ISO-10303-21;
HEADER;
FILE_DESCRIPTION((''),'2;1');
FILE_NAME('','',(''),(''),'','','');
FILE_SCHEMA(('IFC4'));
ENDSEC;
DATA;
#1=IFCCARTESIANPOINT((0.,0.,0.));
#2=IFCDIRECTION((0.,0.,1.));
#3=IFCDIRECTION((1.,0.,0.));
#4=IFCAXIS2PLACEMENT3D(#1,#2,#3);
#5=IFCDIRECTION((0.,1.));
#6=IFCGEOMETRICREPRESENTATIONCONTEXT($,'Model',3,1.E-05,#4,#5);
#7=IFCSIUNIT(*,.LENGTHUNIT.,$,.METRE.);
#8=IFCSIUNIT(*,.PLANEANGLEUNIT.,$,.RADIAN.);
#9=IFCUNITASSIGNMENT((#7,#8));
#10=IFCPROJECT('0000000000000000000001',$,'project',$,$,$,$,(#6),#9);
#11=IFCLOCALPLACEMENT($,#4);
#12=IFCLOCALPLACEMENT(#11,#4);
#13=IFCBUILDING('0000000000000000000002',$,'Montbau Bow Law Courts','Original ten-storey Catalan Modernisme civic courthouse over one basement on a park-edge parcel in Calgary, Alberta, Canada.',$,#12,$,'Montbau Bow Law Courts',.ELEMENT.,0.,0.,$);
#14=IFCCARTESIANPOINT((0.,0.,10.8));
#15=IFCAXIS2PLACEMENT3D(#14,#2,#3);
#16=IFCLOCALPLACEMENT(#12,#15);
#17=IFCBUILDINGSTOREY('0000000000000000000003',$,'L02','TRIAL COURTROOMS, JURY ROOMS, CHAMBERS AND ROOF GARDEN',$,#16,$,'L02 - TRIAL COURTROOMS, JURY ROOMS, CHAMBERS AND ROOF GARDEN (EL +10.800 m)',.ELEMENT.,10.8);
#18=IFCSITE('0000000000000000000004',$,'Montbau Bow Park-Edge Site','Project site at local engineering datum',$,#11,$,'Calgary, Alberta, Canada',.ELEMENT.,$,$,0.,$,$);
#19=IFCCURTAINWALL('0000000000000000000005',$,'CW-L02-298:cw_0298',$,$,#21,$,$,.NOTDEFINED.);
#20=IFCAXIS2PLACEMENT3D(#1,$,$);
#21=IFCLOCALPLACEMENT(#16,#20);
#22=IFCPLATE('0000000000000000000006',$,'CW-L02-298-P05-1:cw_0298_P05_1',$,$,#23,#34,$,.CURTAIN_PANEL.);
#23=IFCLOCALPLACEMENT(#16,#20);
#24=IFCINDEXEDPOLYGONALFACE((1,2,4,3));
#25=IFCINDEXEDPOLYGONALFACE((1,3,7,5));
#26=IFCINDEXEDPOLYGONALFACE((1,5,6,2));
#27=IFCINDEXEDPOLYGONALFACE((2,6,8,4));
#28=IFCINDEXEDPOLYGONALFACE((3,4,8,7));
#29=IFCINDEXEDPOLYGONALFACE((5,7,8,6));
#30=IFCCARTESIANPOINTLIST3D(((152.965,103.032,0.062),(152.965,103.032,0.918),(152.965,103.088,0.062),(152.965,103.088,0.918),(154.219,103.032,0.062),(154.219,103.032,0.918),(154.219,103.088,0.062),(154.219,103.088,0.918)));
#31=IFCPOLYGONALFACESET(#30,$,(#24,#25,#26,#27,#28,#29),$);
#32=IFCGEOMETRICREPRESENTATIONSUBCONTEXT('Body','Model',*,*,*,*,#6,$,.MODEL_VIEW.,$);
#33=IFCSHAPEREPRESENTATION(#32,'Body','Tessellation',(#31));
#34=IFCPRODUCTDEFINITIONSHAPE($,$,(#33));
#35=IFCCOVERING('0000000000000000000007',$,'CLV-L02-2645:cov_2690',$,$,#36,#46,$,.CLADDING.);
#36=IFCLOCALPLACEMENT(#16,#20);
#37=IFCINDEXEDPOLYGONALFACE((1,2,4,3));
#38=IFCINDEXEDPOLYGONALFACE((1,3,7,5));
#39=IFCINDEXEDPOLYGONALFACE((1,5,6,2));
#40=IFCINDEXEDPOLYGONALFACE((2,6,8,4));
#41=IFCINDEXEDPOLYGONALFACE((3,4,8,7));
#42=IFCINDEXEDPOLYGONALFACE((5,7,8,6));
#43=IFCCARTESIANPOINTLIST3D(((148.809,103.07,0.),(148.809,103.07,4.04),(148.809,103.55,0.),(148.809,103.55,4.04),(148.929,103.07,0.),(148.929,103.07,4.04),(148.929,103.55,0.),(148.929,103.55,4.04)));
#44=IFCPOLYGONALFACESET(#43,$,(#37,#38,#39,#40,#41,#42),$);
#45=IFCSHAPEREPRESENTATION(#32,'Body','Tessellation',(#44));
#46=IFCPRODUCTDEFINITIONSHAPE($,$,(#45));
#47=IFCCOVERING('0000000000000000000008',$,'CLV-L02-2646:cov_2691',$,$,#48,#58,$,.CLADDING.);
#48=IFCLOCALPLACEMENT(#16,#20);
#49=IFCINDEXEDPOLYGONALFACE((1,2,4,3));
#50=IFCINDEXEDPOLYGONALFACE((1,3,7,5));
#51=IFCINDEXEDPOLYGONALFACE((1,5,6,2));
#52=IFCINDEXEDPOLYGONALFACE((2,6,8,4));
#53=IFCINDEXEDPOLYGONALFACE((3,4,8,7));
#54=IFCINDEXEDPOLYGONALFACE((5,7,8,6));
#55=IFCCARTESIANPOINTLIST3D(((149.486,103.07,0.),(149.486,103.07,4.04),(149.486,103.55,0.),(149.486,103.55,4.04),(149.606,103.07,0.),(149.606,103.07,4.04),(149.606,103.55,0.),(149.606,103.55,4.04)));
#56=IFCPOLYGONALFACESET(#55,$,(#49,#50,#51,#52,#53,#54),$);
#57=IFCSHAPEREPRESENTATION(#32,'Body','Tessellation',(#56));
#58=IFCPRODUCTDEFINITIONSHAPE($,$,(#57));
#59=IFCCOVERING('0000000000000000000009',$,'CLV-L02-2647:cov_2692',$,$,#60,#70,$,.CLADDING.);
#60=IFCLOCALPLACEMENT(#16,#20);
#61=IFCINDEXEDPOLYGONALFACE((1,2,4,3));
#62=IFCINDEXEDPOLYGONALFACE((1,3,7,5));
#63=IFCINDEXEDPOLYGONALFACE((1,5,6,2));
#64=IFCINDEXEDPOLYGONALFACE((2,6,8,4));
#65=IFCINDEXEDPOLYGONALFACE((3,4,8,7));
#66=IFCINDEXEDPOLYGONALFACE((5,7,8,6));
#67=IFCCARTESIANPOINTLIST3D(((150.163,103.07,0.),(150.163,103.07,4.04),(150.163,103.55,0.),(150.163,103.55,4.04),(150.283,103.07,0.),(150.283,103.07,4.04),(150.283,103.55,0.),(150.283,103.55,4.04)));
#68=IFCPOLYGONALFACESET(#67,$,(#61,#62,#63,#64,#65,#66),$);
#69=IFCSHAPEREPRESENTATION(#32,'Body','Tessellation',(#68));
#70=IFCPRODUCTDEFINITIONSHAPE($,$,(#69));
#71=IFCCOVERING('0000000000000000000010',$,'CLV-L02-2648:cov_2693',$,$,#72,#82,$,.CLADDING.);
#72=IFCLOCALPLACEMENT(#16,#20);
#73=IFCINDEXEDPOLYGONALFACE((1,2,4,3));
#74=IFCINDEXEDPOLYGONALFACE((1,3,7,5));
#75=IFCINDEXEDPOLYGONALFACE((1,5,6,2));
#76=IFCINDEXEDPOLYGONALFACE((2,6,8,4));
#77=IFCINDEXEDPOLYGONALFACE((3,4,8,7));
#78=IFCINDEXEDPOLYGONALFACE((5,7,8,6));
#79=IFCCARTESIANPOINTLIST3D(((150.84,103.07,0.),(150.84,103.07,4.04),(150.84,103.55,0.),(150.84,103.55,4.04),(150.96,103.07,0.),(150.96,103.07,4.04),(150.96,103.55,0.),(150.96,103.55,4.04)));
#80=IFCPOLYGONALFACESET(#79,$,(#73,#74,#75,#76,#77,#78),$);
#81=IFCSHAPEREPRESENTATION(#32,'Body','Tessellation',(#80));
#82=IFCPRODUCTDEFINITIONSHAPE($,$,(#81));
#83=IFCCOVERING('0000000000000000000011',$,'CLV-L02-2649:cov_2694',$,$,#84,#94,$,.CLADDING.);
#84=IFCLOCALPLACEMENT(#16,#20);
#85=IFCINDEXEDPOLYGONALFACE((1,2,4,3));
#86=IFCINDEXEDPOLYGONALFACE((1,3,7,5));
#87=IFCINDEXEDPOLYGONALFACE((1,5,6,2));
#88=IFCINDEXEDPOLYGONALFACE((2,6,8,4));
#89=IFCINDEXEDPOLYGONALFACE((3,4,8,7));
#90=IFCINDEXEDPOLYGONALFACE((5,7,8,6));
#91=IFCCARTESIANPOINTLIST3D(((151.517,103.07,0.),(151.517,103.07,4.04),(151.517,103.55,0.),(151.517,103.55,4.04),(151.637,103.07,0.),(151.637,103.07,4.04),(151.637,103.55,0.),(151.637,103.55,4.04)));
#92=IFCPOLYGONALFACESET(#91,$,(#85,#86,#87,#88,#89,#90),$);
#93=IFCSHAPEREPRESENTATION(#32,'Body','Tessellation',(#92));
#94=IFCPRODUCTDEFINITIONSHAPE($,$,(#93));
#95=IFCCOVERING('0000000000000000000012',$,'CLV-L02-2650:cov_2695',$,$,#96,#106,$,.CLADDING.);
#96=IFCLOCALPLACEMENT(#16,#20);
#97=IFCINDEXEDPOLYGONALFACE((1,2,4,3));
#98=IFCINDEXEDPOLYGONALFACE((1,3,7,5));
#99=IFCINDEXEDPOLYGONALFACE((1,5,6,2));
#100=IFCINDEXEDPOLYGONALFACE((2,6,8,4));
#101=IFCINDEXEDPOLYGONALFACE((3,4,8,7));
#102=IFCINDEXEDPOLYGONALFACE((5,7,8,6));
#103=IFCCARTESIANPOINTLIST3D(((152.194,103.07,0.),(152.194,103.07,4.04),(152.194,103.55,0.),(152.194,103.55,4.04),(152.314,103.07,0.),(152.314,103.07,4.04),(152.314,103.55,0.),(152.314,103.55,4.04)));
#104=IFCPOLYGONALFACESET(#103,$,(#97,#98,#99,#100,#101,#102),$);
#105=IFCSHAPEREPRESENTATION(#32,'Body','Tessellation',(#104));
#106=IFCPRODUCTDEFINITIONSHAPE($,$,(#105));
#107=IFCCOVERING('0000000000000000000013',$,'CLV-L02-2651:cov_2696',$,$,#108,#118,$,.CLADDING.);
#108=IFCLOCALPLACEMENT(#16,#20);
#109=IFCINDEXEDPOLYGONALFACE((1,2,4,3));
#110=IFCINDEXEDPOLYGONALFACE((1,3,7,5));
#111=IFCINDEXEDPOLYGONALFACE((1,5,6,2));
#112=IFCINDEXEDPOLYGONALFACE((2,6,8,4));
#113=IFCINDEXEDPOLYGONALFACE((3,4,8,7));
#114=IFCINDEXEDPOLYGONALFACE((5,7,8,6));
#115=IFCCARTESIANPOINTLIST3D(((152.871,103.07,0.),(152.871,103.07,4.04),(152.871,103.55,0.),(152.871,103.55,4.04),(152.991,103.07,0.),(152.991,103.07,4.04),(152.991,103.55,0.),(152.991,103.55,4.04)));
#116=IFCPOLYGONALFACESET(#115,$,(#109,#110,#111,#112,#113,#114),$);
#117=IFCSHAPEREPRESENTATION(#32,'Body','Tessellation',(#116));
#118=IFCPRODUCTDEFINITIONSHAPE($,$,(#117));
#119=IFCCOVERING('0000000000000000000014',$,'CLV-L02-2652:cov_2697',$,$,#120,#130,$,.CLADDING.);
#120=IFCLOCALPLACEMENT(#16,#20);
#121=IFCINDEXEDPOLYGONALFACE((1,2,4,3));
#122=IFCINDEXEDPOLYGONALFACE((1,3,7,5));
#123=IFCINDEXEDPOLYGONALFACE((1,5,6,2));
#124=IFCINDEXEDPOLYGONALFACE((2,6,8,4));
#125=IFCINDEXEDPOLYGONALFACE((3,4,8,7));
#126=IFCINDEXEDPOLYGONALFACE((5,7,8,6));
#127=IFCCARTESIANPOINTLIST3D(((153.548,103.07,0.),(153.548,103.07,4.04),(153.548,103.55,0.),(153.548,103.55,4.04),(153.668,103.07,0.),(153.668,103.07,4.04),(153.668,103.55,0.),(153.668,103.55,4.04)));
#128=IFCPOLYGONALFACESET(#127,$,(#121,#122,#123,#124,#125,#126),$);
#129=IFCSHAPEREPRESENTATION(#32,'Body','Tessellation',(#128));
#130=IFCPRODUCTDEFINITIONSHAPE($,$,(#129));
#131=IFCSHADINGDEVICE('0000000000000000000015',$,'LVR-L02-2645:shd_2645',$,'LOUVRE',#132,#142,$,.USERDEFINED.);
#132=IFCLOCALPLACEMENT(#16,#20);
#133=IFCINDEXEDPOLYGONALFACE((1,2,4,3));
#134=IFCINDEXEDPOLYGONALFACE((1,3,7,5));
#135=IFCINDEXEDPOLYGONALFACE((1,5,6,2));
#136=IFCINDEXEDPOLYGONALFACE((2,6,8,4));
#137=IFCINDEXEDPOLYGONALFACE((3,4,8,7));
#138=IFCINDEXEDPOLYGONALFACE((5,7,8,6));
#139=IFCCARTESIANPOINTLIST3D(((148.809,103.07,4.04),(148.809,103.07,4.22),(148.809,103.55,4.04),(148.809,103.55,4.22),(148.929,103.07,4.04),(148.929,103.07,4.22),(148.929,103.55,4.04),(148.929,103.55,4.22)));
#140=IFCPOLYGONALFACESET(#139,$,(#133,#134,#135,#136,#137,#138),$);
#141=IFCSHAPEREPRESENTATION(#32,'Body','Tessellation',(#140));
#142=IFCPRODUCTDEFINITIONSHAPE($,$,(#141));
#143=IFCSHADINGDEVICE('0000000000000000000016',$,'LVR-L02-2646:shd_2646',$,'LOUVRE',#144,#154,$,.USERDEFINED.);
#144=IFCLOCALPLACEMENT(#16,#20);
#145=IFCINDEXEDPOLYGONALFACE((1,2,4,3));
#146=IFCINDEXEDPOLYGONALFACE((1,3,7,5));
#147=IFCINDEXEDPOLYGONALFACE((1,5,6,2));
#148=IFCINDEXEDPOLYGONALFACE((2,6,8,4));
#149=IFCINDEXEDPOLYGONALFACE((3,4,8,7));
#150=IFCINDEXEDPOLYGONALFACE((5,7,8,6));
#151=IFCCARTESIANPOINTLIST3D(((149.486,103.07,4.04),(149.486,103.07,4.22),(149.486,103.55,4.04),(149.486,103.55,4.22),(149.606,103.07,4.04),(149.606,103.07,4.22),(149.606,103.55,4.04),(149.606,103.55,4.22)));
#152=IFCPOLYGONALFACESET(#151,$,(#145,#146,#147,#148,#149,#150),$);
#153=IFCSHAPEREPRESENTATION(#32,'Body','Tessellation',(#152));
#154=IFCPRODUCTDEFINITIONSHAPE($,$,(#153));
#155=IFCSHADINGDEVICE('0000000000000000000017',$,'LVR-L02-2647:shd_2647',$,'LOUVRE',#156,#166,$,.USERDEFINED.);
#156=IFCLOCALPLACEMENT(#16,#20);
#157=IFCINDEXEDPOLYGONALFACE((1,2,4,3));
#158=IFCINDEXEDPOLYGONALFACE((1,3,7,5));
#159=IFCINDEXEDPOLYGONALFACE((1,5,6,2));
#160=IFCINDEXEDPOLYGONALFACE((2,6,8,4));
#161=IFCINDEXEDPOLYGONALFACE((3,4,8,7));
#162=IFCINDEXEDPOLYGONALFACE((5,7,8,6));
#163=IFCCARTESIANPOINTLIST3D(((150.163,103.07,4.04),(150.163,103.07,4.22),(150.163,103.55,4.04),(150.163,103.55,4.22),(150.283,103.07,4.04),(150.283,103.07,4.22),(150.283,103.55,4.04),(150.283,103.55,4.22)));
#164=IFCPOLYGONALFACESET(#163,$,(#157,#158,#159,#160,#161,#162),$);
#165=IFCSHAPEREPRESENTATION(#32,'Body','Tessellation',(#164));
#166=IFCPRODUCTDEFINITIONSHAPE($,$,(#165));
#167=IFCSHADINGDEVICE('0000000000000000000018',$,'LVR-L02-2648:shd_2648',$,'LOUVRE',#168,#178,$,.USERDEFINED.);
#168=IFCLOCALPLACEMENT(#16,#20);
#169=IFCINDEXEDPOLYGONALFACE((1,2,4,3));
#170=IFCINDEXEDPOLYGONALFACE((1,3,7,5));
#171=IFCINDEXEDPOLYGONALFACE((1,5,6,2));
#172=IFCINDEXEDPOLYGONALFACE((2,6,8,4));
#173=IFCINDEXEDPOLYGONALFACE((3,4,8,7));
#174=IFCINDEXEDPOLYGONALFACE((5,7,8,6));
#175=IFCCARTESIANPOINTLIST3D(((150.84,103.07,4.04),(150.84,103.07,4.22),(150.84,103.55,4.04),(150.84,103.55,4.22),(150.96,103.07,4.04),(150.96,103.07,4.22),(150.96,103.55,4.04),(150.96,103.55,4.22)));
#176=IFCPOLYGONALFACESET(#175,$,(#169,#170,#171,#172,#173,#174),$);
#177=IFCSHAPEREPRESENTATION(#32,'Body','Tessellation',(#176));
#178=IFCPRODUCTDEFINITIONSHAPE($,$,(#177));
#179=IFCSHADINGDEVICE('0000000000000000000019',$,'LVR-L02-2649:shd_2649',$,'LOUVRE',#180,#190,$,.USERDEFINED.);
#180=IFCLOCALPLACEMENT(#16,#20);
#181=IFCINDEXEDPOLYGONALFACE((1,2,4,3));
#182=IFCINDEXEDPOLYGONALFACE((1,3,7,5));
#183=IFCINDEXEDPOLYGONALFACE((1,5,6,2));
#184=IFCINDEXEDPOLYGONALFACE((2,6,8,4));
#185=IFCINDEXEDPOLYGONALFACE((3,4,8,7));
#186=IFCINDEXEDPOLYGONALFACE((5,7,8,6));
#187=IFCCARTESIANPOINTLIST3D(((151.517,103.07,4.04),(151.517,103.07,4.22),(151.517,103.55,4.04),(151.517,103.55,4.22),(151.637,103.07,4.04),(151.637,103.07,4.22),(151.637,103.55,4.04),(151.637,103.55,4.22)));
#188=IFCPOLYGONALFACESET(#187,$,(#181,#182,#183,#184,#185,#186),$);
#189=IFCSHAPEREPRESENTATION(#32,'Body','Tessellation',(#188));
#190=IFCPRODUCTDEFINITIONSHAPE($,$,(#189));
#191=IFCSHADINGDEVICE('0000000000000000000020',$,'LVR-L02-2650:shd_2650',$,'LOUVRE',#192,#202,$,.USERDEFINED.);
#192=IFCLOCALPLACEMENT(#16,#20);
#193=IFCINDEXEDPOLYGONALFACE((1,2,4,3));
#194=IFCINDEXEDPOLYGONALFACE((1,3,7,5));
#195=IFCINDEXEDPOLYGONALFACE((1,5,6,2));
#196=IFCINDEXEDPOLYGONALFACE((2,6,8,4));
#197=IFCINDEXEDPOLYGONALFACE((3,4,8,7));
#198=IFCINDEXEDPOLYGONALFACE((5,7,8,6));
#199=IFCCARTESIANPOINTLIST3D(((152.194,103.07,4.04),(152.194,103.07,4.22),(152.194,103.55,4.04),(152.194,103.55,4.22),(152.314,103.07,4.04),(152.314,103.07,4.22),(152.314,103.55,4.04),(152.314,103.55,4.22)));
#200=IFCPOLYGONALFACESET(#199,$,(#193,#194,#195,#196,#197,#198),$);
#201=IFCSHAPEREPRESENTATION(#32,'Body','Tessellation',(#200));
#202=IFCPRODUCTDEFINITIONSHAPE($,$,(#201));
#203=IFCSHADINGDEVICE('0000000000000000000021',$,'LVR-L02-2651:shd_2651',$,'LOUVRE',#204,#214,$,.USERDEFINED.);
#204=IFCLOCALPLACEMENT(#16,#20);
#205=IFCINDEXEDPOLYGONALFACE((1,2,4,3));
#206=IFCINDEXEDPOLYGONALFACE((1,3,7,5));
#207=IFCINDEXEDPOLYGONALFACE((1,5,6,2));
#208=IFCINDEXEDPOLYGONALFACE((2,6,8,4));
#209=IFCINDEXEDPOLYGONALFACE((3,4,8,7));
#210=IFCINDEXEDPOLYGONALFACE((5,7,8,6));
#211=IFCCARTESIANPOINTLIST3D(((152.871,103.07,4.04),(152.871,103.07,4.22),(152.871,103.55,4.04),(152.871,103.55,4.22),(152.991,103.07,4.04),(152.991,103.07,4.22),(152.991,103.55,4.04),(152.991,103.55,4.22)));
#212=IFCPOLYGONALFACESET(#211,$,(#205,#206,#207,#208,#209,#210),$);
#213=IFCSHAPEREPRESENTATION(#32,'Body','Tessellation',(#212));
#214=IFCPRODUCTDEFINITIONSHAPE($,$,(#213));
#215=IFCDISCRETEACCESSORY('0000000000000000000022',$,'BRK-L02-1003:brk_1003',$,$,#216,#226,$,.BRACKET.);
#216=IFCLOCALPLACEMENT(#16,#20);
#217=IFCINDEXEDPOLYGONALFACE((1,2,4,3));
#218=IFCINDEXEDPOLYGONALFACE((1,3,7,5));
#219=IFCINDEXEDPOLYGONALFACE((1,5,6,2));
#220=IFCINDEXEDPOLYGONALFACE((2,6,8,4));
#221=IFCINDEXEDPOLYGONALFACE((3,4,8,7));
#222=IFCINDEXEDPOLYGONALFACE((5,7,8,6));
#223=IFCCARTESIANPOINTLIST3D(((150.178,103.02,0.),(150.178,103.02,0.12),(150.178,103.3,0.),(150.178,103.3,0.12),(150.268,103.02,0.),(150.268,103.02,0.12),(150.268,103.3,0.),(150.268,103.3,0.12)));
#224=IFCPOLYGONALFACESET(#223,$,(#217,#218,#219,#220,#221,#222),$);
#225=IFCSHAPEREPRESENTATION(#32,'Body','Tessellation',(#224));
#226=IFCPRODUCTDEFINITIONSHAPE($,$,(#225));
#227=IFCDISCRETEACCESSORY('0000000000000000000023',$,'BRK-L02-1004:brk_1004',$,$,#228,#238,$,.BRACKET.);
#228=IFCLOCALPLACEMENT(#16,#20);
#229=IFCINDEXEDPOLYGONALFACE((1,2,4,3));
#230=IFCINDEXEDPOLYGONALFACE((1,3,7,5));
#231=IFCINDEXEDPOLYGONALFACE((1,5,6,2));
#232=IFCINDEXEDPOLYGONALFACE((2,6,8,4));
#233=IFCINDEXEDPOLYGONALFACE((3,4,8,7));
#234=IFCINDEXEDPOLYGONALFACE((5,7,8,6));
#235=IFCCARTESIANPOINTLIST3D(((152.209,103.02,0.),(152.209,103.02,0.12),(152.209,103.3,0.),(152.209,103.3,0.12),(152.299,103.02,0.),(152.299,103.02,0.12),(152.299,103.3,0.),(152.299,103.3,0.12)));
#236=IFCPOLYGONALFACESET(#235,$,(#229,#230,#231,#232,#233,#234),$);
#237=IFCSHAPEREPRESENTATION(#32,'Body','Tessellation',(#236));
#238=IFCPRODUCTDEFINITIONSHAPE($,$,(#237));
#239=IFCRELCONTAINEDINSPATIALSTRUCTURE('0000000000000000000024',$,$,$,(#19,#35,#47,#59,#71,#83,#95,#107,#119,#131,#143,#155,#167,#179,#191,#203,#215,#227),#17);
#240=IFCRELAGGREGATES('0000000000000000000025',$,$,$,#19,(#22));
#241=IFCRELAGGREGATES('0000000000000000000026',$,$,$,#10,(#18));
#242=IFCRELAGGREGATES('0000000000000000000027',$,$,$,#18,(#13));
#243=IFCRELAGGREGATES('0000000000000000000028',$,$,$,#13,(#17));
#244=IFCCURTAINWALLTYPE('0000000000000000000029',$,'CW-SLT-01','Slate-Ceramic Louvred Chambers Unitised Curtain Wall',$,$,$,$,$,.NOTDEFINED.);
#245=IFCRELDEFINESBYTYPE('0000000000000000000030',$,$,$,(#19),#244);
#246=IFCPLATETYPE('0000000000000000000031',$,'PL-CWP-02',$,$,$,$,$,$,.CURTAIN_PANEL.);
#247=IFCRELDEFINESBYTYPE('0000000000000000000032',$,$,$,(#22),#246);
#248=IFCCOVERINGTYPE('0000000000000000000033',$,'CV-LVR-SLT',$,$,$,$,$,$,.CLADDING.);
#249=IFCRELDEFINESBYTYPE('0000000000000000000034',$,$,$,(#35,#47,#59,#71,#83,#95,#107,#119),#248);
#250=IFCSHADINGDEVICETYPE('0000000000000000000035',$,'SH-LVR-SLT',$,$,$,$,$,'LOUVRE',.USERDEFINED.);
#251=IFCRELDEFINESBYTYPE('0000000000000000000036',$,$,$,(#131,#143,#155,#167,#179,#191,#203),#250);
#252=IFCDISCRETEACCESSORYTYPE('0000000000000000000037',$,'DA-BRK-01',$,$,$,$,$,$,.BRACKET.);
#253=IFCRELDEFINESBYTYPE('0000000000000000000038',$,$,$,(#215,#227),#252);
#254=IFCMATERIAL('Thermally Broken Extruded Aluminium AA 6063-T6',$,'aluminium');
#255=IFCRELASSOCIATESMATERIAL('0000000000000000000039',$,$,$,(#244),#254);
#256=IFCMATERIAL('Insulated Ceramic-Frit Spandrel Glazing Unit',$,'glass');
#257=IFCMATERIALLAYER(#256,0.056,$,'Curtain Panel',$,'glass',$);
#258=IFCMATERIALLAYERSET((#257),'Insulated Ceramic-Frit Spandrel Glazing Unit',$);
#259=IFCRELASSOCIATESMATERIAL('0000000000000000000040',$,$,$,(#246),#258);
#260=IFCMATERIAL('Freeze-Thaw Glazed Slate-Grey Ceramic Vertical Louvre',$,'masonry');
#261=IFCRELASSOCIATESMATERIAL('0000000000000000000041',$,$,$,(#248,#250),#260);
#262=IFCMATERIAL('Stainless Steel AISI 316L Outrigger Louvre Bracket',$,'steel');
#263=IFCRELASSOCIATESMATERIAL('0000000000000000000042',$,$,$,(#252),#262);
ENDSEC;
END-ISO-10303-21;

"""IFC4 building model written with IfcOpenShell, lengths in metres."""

from ifc_helpers import new_model, si_unit, direction, frame, frame_2d, origin_with_axes, origin_2d_with_axis, place, context, subcontext, project, spatial, rectangle, extrude, material, layer, layer_set, type_object, element, aggregate, save


model = new_model("IFC4")

# Units and contexts
model_context = context("Model", 3, precision=1e-05, world=origin_with_axes(), true_north=direction((0.0, 1.0)))
body_context = subcontext(model_context, "Body", "Model", "MODEL_VIEW")
ifc_project = project(units=[si_unit("LENGTHUNIT", "METRE"), si_unit("PLANEANGLEUNIT", "RADIAN")], contexts=[model_context])

# Site, building, storey
site_placement = place(None, origin_with_axes())
site = spatial("IfcSite", under=ifc_project, at=site_placement, Name="Montbau Bow Park-Edge Site", Description="Project site at local engineering datum", LongName="Calgary, Alberta, Canada", CompositionType="ELEMENT", RefElevation=0.0)
building_placement = place(site_placement, origin_with_axes())
building = spatial("IfcBuilding", under=site, at=building_placement, Name="Montbau Bow Law Courts", Description="Original ten-storey Catalan Modernisme civic courthouse over one basement on a park-edge parcel in Calgary, Alberta, Canada.", LongName="Montbau Bow Law Courts", CompositionType="ELEMENT", ElevationOfRefHeight=0.0, ElevationOfTerrain=0.0)
storey_placement = place(building_placement, frame((0.0, 0.0, 10.8), z_axis=(0.0, 0.0, 1.0), x_axis=(1.0, 0.0, 0.0)))
storey = spatial("IfcBuildingStorey", under=building, at=storey_placement, Name="L02", Description="TRIAL COURTROOMS, JURY ROOMS, CHAMBERS AND ROOF GARDEN", LongName="L02 - TRIAL COURTROOMS, JURY ROOMS, CHAMBERS AND ROOF GARDEN (EL +10.800 m)", CompositionType="ELEMENT", Elevation=10.8)

# Curtain wall, plate
ifc_material_1 = material(Name="Thermally Broken Extruded Aluminium AA 6063-T6", Category="aluminium")
curtain_wall_type = type_object("IfcCurtainWallType", Name="CW-SLT-01", Description="Slate-Ceramic Louvred Chambers Unitised Curtain Wall", PredefinedType="NOTDEFINED", material=ifc_material_1)
curtain_wall_placement = place(None, frame((147.515, 103.06, 10.8), z_axis=(0.0, 0.0, 1.0), x_axis=(1.0, 0.0, 0.0)))
curtain_wall = element("IfcCurtainWall", 1, at=curtain_wall_placement, inside=storey, type_object=curtain_wall_type, Name="CW-L02-298:cw_0298", PredefinedType="NOTDEFINED")
ifc_material_2 = material(Name="Insulated Ceramic-Frit Spandrel Glazing Unit", Category="glass")
ifc_layer_1 = layer(ifc_material_2, 0.056, Name="Curtain Panel", Category="glass")
ifc_layer_set_1 = layer_set([ifc_layer_1], Name="Insulated Ceramic-Frit Spandrel Glazing Unit")
plate_type_1 = type_object("IfcPlateType", Name="PL-CWP-02", PredefinedType="CURTAIN_PANEL", material=ifc_layer_set_1)
plate_1_placement = place(None, frame((152.965, 103.06, 10.862), z_axis=(0.0, -1.0, 0.0), x_axis=(1.0, 0.0, 0.0)))
plate_1 = element("IfcPlate", 2, at=plate_1_placement, type_object=plate_type_1, Name="CW-L02-298-P05-1:cw_0298_P05_1", PredefinedType="CURTAIN_PANEL", context=body_context, shape_type="SweptSolid", body=[
    extrude(rectangle(XDim=1.254, YDim=0.856, at=frame_2d((0.627, 0.428), x_axis=(1.0, 0.0))), frame((0.0, 0.0, -0.028), z_axis=(0.0, 0.0, 1.0), x_axis=(1.0, 0.0, 0.0)), (0.0, 0.0, 1.0), 0.056),
])
aggregate(curtain_wall, [plate_1])

# Coverings
ifc_material_3 = material(Name="Freeze-Thaw Glazed Slate-Grey Ceramic Vertical Louvre", Category="masonry")
covering_type = type_object("IfcCoveringType", Name="CV-LVR-SLT", PredefinedType="CLADDING", material=ifc_material_3)
for number, where, z_axis, x_axis, name in (
    (3, (148.869, 103.07, 10.8), (1.0, 0.0, 0.0), (0.0, 1.0, 0.0), "CLV-L02-2645:cov_2690"),
    (4, (149.546, 103.07, 10.8), (1.0, 0.0, 0.0), (0.0, 1.0, 0.0), "CLV-L02-2646:cov_2691"),
    (5, (150.223, 103.07, 10.8), (1.0, 0.0, 0.0), (0.0, 1.0, 0.0), "CLV-L02-2647:cov_2692"),
    (6, (150.9, 103.07, 10.8), (1.0, 0.0, 0.0), (0.0, 1.0, 0.0), "CLV-L02-2648:cov_2693"),
    (7, (151.577, 103.07, 10.8), (1.0, 0.0, 0.0), (0.0, 1.0, 0.0), "CLV-L02-2649:cov_2694"),
    (8, (152.254, 103.07, 10.8), (1.0, 0.0, 0.0), (0.0, 1.0, 0.0), "CLV-L02-2650:cov_2695"),
    (9, (152.931, 103.07, 10.8), (1.0, 0.0, 0.0), (0.0, 1.0, 0.0), "CLV-L02-2651:cov_2696"),
    (10, (153.608, 103.07, 10.8), (1.0, 0.0, 0.0), (0.0, 1.0, 0.0), "CLV-L02-2652:cov_2697"),
):
    element("IfcCovering", number, at=place(None, frame(where, z_axis=z_axis, x_axis=x_axis)), inside=storey, type_object=covering_type, Name=name, PredefinedType="CLADDING", context=body_context, shape_type="SweptSolid", body=[
        extrude(rectangle(XDim=0.48, YDim=4.04, at=frame_2d((0.24, 2.02), x_axis=(1.0, 0.0))), frame((0.0, 0.0, -0.06), z_axis=(0.0, 0.0, 1.0), x_axis=(1.0, 0.0, 0.0)), (0.0, 0.0, 1.0), 0.12),
    ])

# Shading devices
shading_device_type = type_object("IfcShadingDeviceType", Name="SH-LVR-SLT", ElementType="LOUVRE", PredefinedType="USERDEFINED", material=ifc_material_3)
for number, where, z_axis, x_axis, name in (
    (11, (148.869, 103.31, 14.84), (0.0, 0.0, 1.0), (0.0, 1.0, 0.0), "LVR-L02-2645:shd_2645"),
    (12, (149.546, 103.31, 14.84), (0.0, 0.0, 1.0), (0.0, 1.0, 0.0), "LVR-L02-2646:shd_2646"),
    (13, (150.223, 103.31, 14.84), (0.0, 0.0, 1.0), (0.0, 1.0, 0.0), "LVR-L02-2647:shd_2647"),
    (14, (150.9, 103.31, 14.84), (0.0, 0.0, 1.0), (0.0, 1.0, 0.0), "LVR-L02-2648:shd_2648"),
    (15, (151.577, 103.31, 14.84), (0.0, 0.0, 1.0), (0.0, 1.0, 0.0), "LVR-L02-2649:shd_2649"),
    (16, (152.254, 103.31, 14.84), (0.0, 0.0, 1.0), (0.0, 1.0, 0.0), "LVR-L02-2650:shd_2650"),
    (17, (152.931, 103.31, 14.84), (0.0, 0.0, 1.0), (0.0, 1.0, 0.0), "LVR-L02-2651:shd_2651"),
):
    element("IfcShadingDevice", number, at=place(None, frame(where, z_axis=z_axis, x_axis=x_axis)), inside=storey, type_object=shading_device_type, Name=name, ObjectType="LOUVRE", PredefinedType="USERDEFINED", context=body_context, shape_type="SweptSolid", body=[
        extrude(rectangle(XDim=0.48, YDim=0.12, at=origin_2d_with_axis()), origin_with_axes(), (0.0, 0.0, 1.0), 0.18),
    ])

# Discrete accessories
ifc_material_4 = material(Name="Stainless Steel AISI 316L Outrigger Louvre Bracket", Category="steel")
discrete_accessory_type = type_object("IfcDiscreteAccessoryType", Name="DA-BRK-01", PredefinedType="BRACKET", material=ifc_material_4)
for number, where, z_axis, x_axis, name in (
    (18, (150.223, 103.16, 10.8), (0.0, 0.0, 1.0), (0.0, 1.0, 0.0), "BRK-L02-1003:brk_1003"),
    (19, (152.254, 103.16, 10.8), (0.0, 0.0, 1.0), (0.0, 1.0, 0.0), "BRK-L02-1004:brk_1004"),
):
    element("IfcDiscreteAccessory", number, at=place(None, frame(where, z_axis=z_axis, x_axis=x_axis)), inside=storey, type_object=discrete_accessory_type, Name=name, PredefinedType="BRACKET", context=body_context, shape_type="SweptSolid", body=[
        extrude(rectangle(XDim=0.28, YDim=0.09, at=origin_2d_with_axis()), origin_with_axes(), (0.0, 0.0, 1.0), 0.12),
    ])

save(model, "model.ifc")
